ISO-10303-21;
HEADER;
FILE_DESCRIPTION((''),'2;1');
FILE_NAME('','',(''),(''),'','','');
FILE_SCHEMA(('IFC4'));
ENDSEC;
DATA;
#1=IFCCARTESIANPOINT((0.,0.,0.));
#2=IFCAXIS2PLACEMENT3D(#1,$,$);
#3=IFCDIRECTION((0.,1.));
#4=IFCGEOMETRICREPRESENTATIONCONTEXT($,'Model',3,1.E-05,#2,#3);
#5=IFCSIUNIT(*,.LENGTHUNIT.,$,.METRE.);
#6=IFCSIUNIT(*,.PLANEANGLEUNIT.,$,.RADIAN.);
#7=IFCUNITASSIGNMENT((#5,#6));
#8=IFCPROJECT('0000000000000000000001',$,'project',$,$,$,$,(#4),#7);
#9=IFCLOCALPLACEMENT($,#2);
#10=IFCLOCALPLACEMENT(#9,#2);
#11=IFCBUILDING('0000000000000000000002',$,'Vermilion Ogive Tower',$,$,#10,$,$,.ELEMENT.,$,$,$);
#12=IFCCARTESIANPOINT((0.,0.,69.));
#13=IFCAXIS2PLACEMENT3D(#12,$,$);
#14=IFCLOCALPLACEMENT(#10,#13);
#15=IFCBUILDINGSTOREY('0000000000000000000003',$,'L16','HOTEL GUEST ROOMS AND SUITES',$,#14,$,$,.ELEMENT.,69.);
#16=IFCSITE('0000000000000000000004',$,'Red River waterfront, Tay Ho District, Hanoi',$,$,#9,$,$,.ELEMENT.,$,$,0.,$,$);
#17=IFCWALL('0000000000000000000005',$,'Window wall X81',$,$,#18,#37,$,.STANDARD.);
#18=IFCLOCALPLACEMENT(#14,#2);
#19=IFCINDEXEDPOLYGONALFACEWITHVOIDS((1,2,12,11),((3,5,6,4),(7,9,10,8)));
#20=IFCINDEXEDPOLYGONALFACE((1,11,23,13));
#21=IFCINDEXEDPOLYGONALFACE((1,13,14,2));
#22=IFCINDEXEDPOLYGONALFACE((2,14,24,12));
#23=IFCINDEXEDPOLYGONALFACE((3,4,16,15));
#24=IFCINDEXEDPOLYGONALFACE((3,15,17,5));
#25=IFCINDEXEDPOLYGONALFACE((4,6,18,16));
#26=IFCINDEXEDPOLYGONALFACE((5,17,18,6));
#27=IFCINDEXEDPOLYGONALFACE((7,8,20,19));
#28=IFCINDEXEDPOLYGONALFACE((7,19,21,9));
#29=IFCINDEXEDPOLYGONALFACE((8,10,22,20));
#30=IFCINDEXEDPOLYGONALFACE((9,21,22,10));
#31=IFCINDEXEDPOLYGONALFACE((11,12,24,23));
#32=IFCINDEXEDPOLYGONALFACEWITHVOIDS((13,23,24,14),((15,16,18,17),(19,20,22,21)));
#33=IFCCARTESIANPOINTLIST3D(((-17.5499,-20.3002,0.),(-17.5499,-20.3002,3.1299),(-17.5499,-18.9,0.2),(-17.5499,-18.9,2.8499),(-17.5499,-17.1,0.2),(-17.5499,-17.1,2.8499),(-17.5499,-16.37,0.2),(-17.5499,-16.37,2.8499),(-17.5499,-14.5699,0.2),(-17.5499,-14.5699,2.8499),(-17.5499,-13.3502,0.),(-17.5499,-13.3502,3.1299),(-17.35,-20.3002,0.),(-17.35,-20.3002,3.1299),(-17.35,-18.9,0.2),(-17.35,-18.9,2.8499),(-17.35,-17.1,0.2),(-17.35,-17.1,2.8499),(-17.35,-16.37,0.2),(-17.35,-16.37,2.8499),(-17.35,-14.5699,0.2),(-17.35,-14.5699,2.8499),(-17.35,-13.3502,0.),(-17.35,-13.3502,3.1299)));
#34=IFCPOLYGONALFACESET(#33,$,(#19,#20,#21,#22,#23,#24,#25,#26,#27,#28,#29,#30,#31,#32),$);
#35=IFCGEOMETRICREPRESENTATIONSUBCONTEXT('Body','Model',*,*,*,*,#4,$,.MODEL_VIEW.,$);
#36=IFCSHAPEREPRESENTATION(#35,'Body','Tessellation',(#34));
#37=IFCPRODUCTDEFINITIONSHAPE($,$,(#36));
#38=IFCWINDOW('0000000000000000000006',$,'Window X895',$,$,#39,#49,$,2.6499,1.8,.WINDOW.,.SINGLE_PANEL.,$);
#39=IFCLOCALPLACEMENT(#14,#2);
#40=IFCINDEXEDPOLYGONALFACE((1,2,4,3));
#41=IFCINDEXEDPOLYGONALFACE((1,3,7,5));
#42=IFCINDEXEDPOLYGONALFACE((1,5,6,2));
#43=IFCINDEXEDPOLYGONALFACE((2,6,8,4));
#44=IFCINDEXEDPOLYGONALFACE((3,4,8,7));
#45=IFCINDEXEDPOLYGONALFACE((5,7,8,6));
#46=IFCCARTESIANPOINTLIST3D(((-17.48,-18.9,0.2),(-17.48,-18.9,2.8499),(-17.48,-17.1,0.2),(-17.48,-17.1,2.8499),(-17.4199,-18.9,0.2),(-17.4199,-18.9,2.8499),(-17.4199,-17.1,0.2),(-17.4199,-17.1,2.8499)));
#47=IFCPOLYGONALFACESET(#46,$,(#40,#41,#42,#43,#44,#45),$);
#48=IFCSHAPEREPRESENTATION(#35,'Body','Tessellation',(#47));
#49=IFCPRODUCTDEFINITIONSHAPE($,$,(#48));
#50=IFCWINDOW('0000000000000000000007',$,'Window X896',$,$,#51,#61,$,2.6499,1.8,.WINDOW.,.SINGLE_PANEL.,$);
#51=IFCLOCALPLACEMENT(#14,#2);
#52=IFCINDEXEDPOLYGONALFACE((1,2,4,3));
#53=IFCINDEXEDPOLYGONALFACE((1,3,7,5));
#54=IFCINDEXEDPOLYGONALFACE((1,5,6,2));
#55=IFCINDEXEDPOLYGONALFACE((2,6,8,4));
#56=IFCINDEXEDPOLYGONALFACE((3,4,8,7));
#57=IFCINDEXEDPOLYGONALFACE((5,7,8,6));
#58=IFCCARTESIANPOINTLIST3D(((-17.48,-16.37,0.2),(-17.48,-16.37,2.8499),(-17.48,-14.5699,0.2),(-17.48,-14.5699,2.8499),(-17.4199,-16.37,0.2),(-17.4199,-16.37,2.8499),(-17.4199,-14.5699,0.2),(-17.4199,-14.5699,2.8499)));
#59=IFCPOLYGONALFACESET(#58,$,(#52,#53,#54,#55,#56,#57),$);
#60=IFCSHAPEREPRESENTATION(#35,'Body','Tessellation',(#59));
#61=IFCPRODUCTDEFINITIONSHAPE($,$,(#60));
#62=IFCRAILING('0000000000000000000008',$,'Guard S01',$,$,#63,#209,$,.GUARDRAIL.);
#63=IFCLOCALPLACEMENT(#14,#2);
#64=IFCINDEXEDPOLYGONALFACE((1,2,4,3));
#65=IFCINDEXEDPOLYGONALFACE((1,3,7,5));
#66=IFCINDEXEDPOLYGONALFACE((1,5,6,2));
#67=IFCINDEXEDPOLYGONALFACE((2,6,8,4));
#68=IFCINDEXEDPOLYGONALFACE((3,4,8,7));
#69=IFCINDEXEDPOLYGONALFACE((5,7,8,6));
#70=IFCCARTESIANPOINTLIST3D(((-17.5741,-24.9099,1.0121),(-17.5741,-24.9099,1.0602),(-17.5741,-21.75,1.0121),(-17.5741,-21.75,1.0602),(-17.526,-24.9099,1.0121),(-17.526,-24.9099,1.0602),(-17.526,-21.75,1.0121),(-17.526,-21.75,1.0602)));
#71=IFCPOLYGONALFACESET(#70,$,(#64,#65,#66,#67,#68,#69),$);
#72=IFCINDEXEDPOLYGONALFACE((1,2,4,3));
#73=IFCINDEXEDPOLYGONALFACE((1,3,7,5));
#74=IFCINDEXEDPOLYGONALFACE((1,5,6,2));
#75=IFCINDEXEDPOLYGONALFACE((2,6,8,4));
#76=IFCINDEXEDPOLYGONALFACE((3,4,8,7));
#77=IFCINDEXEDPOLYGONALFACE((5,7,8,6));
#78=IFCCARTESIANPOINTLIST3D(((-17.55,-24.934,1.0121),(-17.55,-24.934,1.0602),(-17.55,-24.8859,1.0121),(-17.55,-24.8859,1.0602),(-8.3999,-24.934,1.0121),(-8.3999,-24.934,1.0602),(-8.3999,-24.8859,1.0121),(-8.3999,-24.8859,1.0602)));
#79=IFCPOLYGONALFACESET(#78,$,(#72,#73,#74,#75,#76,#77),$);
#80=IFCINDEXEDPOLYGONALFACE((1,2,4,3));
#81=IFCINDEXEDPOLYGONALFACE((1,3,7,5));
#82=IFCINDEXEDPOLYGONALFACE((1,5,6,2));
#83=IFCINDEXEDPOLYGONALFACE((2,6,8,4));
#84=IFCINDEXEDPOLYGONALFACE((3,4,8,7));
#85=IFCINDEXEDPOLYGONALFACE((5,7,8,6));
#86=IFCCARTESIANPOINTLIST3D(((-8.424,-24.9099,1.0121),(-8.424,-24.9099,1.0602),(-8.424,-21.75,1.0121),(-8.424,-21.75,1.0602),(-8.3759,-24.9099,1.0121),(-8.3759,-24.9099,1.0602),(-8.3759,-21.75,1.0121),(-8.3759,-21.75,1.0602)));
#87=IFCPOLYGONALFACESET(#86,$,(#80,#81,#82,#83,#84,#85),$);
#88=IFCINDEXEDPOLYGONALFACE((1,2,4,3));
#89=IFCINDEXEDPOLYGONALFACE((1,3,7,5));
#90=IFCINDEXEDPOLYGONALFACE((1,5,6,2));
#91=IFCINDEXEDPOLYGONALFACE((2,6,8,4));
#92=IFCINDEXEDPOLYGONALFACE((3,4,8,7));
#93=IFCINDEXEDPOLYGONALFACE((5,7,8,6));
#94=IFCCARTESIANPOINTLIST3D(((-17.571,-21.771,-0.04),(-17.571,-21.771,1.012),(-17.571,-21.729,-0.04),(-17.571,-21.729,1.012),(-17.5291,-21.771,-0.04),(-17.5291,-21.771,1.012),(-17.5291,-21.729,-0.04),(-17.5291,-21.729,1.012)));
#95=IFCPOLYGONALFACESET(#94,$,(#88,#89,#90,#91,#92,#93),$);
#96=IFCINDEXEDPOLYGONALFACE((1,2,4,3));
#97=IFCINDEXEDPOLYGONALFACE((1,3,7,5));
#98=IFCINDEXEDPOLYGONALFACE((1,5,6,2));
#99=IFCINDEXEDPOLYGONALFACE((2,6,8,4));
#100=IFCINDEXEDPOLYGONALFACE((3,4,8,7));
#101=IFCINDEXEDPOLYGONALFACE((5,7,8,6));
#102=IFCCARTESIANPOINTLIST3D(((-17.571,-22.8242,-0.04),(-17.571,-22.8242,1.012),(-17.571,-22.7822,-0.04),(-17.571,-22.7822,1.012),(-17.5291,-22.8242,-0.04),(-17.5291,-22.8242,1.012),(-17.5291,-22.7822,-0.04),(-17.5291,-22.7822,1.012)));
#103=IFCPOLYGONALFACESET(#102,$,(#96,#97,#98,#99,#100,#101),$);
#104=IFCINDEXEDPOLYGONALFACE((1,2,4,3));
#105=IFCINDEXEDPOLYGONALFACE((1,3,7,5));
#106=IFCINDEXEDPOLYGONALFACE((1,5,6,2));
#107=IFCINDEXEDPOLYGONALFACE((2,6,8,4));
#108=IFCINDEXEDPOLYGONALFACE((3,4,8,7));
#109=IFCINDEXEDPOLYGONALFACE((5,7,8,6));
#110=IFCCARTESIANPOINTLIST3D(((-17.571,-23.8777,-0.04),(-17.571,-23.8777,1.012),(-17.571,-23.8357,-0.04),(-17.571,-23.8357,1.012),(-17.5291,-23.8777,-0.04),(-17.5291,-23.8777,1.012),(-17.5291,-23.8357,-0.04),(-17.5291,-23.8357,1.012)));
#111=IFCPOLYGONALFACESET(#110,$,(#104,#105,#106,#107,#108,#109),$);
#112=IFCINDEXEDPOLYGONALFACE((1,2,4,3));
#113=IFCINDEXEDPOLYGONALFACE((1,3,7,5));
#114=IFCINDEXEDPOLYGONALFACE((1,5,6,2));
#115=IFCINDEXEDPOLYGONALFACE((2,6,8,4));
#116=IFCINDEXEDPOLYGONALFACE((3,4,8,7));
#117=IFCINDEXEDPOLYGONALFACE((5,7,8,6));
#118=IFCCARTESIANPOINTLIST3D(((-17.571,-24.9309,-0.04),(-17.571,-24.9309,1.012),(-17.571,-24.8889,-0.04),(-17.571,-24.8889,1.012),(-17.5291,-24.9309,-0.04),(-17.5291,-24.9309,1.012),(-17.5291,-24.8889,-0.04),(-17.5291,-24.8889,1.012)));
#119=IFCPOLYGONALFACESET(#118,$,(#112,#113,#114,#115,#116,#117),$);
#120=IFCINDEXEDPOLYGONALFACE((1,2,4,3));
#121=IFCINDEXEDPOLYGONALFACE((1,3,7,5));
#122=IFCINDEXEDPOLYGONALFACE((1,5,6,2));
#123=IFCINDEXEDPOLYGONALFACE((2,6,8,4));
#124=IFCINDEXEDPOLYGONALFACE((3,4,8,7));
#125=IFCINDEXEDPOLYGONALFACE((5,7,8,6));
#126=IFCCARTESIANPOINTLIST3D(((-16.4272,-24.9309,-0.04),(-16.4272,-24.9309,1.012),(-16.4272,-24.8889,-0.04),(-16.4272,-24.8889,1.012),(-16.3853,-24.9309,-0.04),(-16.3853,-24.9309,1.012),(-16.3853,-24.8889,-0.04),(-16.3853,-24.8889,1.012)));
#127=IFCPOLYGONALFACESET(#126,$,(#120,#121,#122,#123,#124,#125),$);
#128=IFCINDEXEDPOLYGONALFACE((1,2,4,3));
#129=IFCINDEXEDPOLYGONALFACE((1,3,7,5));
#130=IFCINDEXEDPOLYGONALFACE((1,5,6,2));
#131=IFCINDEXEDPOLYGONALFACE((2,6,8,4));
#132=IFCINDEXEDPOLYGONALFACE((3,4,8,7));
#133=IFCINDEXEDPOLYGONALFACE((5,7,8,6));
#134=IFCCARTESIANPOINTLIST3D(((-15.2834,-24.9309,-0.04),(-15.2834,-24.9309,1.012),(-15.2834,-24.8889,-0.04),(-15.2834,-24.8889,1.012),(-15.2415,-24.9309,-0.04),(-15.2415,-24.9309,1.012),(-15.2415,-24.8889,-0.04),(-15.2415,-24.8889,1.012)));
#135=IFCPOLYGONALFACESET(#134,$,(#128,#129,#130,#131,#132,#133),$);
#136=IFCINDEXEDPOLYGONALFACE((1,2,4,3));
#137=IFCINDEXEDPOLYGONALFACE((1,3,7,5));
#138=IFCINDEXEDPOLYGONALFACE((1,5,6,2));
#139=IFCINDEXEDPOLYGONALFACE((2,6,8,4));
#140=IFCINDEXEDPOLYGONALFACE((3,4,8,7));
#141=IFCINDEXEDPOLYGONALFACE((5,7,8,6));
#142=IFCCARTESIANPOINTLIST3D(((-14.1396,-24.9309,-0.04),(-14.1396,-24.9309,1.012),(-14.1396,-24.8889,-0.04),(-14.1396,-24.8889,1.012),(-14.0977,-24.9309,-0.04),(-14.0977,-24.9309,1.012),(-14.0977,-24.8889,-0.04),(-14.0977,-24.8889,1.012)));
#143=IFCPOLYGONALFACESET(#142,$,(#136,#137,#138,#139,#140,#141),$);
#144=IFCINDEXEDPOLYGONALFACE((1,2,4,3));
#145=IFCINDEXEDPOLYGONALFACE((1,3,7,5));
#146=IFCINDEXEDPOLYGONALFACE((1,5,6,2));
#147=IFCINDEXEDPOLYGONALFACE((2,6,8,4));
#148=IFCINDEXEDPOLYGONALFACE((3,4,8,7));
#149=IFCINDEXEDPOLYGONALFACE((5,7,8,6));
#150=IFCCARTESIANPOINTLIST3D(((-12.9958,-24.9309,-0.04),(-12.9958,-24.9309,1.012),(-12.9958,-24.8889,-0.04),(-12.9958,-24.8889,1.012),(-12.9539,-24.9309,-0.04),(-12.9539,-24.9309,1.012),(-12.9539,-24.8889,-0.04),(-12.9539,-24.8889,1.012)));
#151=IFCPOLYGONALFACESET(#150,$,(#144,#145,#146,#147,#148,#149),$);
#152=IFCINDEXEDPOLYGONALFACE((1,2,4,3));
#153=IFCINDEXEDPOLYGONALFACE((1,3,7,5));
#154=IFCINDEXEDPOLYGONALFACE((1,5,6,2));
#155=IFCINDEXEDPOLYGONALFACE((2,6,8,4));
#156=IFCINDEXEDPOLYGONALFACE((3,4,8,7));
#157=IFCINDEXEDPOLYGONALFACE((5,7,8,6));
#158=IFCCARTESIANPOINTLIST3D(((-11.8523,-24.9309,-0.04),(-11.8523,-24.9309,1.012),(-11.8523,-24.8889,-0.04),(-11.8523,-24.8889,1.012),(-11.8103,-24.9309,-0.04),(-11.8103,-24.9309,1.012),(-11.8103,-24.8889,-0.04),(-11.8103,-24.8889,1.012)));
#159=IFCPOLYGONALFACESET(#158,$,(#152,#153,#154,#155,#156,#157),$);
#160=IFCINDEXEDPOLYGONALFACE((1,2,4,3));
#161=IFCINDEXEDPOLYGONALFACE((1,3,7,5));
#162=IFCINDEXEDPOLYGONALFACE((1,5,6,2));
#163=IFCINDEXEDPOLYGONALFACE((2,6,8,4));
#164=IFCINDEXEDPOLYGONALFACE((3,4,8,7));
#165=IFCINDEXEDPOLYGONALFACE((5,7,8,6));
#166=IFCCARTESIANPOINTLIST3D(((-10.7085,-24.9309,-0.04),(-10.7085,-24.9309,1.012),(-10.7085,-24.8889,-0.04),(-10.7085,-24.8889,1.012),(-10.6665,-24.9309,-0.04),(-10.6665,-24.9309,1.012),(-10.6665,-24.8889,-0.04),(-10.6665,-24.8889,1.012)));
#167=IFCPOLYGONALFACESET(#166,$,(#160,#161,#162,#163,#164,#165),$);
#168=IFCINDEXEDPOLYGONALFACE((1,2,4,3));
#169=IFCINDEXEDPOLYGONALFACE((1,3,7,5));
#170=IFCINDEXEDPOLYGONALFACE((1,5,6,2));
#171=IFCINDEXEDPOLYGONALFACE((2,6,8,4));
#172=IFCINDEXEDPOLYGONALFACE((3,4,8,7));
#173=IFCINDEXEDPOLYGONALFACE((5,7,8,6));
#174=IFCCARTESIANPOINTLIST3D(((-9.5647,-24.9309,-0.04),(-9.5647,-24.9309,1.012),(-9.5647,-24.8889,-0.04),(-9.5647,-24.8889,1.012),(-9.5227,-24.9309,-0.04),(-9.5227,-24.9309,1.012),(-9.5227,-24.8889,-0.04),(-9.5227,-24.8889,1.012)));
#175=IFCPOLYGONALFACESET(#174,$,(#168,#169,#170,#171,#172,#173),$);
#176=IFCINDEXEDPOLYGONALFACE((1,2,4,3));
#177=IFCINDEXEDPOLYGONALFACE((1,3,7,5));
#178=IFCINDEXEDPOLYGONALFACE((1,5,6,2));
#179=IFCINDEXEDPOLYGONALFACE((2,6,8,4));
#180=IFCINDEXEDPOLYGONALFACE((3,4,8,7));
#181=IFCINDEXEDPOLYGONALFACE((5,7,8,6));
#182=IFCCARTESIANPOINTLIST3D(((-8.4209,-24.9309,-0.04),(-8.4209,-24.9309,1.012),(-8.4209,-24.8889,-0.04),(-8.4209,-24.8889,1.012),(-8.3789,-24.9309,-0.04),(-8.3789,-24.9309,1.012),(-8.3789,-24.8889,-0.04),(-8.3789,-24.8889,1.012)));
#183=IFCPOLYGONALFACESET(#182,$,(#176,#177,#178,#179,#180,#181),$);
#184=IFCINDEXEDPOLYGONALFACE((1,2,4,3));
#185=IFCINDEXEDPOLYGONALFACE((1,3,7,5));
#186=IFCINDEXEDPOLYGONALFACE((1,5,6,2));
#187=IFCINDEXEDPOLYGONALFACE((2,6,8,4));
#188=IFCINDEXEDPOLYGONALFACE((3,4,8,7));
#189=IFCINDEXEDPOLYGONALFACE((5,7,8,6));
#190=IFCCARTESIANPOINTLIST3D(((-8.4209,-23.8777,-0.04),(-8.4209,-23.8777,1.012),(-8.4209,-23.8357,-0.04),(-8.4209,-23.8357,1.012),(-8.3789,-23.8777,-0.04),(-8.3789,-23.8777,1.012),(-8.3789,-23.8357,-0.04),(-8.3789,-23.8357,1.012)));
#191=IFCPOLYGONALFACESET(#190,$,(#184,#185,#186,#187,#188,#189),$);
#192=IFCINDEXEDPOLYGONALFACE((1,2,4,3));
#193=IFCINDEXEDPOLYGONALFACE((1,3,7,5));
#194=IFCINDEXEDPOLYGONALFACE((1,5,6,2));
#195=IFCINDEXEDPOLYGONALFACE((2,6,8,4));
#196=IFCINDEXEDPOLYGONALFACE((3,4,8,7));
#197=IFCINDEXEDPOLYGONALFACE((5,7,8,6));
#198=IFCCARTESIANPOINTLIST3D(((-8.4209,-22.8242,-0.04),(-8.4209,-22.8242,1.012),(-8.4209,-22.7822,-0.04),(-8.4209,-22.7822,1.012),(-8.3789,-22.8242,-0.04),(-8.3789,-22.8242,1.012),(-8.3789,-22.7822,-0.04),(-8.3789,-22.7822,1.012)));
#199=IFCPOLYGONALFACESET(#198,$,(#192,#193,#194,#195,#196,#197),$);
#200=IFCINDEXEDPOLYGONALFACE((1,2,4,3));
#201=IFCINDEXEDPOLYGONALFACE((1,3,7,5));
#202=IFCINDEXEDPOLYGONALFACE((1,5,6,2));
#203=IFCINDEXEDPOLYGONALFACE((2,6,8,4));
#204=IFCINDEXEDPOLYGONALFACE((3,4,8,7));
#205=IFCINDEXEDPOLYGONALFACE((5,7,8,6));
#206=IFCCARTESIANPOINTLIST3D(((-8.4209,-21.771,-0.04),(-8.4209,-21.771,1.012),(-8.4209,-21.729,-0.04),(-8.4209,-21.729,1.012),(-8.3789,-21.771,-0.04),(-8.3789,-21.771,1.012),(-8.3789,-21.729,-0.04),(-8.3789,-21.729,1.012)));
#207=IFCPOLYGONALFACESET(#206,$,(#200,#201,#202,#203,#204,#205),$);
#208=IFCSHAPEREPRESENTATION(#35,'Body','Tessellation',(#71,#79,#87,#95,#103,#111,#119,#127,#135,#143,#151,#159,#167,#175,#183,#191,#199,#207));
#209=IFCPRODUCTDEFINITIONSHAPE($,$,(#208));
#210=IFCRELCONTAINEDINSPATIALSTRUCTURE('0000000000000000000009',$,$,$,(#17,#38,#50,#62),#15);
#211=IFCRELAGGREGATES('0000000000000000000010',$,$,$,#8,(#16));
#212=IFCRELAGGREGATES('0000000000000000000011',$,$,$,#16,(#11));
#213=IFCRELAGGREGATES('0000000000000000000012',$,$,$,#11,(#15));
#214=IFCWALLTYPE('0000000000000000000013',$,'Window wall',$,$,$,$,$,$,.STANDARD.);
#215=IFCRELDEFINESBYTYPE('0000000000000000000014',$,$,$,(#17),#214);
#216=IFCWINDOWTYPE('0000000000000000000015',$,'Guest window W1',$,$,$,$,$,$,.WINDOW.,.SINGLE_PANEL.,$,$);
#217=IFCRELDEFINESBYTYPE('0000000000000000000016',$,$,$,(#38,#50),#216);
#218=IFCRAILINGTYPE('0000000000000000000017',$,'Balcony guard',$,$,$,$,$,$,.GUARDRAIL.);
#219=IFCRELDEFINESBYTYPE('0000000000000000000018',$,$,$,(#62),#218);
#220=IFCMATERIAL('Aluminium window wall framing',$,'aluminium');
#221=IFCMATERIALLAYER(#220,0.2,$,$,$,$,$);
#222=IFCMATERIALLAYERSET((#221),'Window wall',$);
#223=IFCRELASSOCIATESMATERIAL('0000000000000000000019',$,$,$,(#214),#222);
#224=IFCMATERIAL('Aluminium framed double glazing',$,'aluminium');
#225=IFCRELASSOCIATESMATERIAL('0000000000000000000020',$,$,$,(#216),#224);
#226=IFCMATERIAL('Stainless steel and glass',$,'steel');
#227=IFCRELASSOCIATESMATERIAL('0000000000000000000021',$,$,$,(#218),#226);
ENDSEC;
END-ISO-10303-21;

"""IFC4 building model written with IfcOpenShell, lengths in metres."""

from ifc_helpers import new_model, si_unit, direction, frame, frame_2d, origin, origin_2d, place, context, subcontext, project, spatial, rectangle, extrude, material, layer, layer_set, type_object, element, fill, save


model = new_model("IFC4")

# Units and contexts
model_context = context("Model", 3, precision=1e-05, world=origin(), true_north=direction((0.0, 1.0)))
body_context = subcontext(model_context, "Body", "Model", "MODEL_VIEW")
ifc_project = project(units=[si_unit("LENGTHUNIT", "METRE"), si_unit("PLANEANGLEUNIT", "RADIAN")], contexts=[model_context])

# Site, building, storey
site_placement = place(None, origin())
site = spatial("IfcSite", under=ifc_project, at=site_placement, Name="Red River waterfront, Tay Ho District, Hanoi", CompositionType="ELEMENT", RefElevation=0.0)
building_placement = place(site_placement, origin())
building = spatial("IfcBuilding", under=site, at=building_placement, Name="Vermilion Ogive Tower", CompositionType="ELEMENT")
storey_placement = place(building_placement, frame((0.0, 0.0, 69.0)))
storey = spatial("IfcBuildingStorey", under=building, at=storey_placement, Name="L16", Description="HOTEL GUEST ROOMS AND SUITES", CompositionType="ELEMENT", Elevation=69.0)

# Shared definitions
ifc_material_1 = material(Name="Aluminium window wall framing", Category="aluminium")
ifc_layer_1 = layer(ifc_material_1, 0.2)
ifc_layer_set_1 = layer_set([ifc_layer_1], Name="Window wall")
wall_type_1 = type_object("IfcWallType", Name="Window wall", PredefinedType="STANDARD", material=ifc_layer_set_1)
ifc_material_2 = material(Name="Aluminium framed double glazing", Category="aluminium")
window_type = type_object("IfcWindowType", Name="Guest window W1", PartitioningType="SINGLE_PANEL", PredefinedType="WINDOW", material=ifc_material_2)

# Wall, openings, windows
wall_1_placement = place(storey_placement, frame((-17.45, -13.3501, 0.0), z_axis=(0.0, 0.0, 1.0), x_axis=(0.0, -1.0, 0.0)))
wall_1 = element("IfcWall", 1, at=wall_1_placement, inside=storey, type_object=wall_type_1, Name="Window wall X81", PredefinedType="STANDARD", context=body_context, shape_type="SweptSolid", body=[
    extrude(rectangle(XDim=6.95, YDim=0.2, at=frame_2d((3.4751, 0.0))), origin(), (0.0, 0.0, 1.0), 3.1299),
])
opening_1_placement = place(wall_1_placement, frame((3.75, 0.0, 0.2)))
opening_1 = element("IfcOpeningElement", 2, at=opening_1_placement, cuts=wall_1, PredefinedType="OPENING", context=body_context, shape_type="SweptSolid", body=[
    extrude(rectangle(XDim=1.8, YDim=2.6499, at=frame_2d((0.8999, 1.325))), frame((0.0, 0.1099, 0.0), z_axis=(0.0, -1.0, 0.0), x_axis=(1.0, 0.0, 0.0)), (0.0, 0.0, 1.0), 0.22),
])
opening_2_placement = place(wall_1_placement, frame((1.22, 0.0, 0.2)))
opening_2 = element("IfcOpeningElement", 3, at=opening_2_placement, cuts=wall_1, PredefinedType="OPENING", context=body_context, shape_type="SweptSolid", body=[
    extrude(rectangle(XDim=1.8, YDim=2.6499, at=frame_2d((0.8999, 1.325))), frame((0.0, 0.1099, 0.0), z_axis=(0.0, -1.0, 0.0), x_axis=(1.0, 0.0, 0.0)), (0.0, 0.0, 1.0), 0.22),
])
window_1_placement = place(opening_1_placement, origin())
window_1 = element("IfcWindow", 4, at=window_1_placement, inside=storey, type_object=window_type, Name="Window X895", OverallHeight=2.6499, OverallWidth=1.8, PartitioningType="SINGLE_PANEL", PredefinedType="WINDOW", context=body_context, shape_type="SweptSolid", body=[
    extrude(rectangle(XDim=1.8, YDim=2.6499, at=frame_2d((0.8999, 1.325))), frame((0.0, 0.03, 0.0), z_axis=(0.0, -1.0, 0.0), x_axis=(1.0, 0.0, 0.0)), (0.0, 0.0, 1.0), 0.0601),
])
fill(opening_1, window_1)
window_2_placement = place(opening_2_placement, origin())
window_2 = element("IfcWindow", 5, at=window_2_placement, inside=storey, type_object=window_type, Name="Window X896", OverallHeight=2.6499, OverallWidth=1.8, PartitioningType="SINGLE_PANEL", PredefinedType="WINDOW", context=body_context, shape_type="SweptSolid", body=[
    extrude(rectangle(XDim=1.8, YDim=2.6499, at=frame_2d((0.8999, 1.325))), frame((0.0, 0.03, 0.0), z_axis=(0.0, -1.0, 0.0), x_axis=(1.0, 0.0, 0.0)), (0.0, 0.0, 1.0), 0.0601),
])
fill(opening_2, window_2)

# Railing
ifc_material_3 = material(Name="Stainless steel and glass", Category="steel")
railing_type = type_object("IfcRailingType", Name="Balcony guard", PredefinedType="GUARDRAIL", material=ifc_material_3)
railing_placement = place(storey_placement, frame((-17.55, -21.75, -0.04)))
element("IfcRailing", 6, at=railing_placement, inside=storey, type_object=railing_type, Name="Guard S01", PredefinedType="GUARDRAIL", context=body_context, shape_type="SweptSolid", body=[
    extrude(rectangle(XDim=0.0481, YDim=0.0481, at=origin_2d()), frame((0.0, 0.0, 1.0762), z_axis=(0.0, -1.0, 0.0), x_axis=(1.0, 0.0, 0.0)), (0.0, 0.0, 1.0), 3.1599),
    extrude(rectangle(XDim=0.0481, YDim=0.0481, at=origin_2d()), frame((0.0, -3.1599, 1.0762), z_axis=(1.0, 0.0, 0.0), x_axis=(0.0, 1.0, 0.0)), (0.0, 0.0, 1.0), 9.1501),
    extrude(rectangle(XDim=0.0481, YDim=0.0481, at=origin_2d()), frame((9.1501, -3.1599, 1.0762), z_axis=(0.0, 1.0, 0.0), x_axis=(-1.0, 0.0, 0.0)), (0.0, 0.0, 1.0), 3.1599),
    extrude(rectangle(XDim=0.042, YDim=0.042, at=origin_2d()), origin(), (0.0, 0.0, 1.0), 1.052),
    extrude(rectangle(XDim=0.042, YDim=0.042, at=origin_2d()), frame((0.0, -1.0532, 0.0)), (0.0, 0.0, 1.0), 1.052),
    extrude(rectangle(XDim=0.042, YDim=0.042, at=origin_2d()), frame((0.0, -2.1067, 0.0)), (0.0, 0.0, 1.0), 1.052),
    extrude(rectangle(XDim=0.042, YDim=0.042, at=origin_2d()), frame((0.0, -3.1599, 0.0)), (0.0, 0.0, 1.0), 1.052),
    extrude(rectangle(XDim=0.042, YDim=0.042, at=origin_2d()), frame((1.1438, -3.1599, 0.0)), (0.0, 0.0, 1.0), 1.052),
    extrude(rectangle(XDim=0.042, YDim=0.042, at=origin_2d()), frame((2.2876, -3.1599, 0.0)), (0.0, 0.0, 1.0), 1.052),
    extrude(rectangle(XDim=0.042, YDim=0.042, at=origin_2d()), frame((3.4314, -3.1599, 0.0)), (0.0, 0.0, 1.0), 1.052),
    extrude(rectangle(XDim=0.042, YDim=0.042, at=origin_2d()), frame((4.5752, -3.1599, 0.0)), (0.0, 0.0, 1.0), 1.052),
    extrude(rectangle(XDim=0.042, YDim=0.042, at=origin_2d()), frame((5.7188, -3.1599, 0.0)), (0.0, 0.0, 1.0), 1.052),
    extrude(rectangle(XDim=0.042, YDim=0.042, at=origin_2d()), frame((6.8625, -3.1599, 0.0)), (0.0, 0.0, 1.0), 1.052),
    extrude(rectangle(XDim=0.042, YDim=0.042, at=origin_2d()), frame((8.0063, -3.1599, 0.0)), (0.0, 0.0, 1.0), 1.052),
    extrude(rectangle(XDim=0.042, YDim=0.042, at=origin_2d()), frame((9.1501, -3.1599, 0.0)), (0.0, 0.0, 1.0), 1.052),
    extrude(rectangle(XDim=0.042, YDim=0.042, at=origin_2d()), frame((9.1501, -2.1067, 0.0)), (0.0, 0.0, 1.0), 1.052),
    extrude(rectangle(XDim=0.042, YDim=0.042, at=origin_2d()), frame((9.1501, -1.0532, 0.0)), (0.0, 0.0, 1.0), 1.052),
    extrude(rectangle(XDim=0.042, YDim=0.042, at=origin_2d()), frame((9.1501, 0.0, 0.0)), (0.0, 0.0, 1.0), 1.052),
])

save(model, "model.ifc")
